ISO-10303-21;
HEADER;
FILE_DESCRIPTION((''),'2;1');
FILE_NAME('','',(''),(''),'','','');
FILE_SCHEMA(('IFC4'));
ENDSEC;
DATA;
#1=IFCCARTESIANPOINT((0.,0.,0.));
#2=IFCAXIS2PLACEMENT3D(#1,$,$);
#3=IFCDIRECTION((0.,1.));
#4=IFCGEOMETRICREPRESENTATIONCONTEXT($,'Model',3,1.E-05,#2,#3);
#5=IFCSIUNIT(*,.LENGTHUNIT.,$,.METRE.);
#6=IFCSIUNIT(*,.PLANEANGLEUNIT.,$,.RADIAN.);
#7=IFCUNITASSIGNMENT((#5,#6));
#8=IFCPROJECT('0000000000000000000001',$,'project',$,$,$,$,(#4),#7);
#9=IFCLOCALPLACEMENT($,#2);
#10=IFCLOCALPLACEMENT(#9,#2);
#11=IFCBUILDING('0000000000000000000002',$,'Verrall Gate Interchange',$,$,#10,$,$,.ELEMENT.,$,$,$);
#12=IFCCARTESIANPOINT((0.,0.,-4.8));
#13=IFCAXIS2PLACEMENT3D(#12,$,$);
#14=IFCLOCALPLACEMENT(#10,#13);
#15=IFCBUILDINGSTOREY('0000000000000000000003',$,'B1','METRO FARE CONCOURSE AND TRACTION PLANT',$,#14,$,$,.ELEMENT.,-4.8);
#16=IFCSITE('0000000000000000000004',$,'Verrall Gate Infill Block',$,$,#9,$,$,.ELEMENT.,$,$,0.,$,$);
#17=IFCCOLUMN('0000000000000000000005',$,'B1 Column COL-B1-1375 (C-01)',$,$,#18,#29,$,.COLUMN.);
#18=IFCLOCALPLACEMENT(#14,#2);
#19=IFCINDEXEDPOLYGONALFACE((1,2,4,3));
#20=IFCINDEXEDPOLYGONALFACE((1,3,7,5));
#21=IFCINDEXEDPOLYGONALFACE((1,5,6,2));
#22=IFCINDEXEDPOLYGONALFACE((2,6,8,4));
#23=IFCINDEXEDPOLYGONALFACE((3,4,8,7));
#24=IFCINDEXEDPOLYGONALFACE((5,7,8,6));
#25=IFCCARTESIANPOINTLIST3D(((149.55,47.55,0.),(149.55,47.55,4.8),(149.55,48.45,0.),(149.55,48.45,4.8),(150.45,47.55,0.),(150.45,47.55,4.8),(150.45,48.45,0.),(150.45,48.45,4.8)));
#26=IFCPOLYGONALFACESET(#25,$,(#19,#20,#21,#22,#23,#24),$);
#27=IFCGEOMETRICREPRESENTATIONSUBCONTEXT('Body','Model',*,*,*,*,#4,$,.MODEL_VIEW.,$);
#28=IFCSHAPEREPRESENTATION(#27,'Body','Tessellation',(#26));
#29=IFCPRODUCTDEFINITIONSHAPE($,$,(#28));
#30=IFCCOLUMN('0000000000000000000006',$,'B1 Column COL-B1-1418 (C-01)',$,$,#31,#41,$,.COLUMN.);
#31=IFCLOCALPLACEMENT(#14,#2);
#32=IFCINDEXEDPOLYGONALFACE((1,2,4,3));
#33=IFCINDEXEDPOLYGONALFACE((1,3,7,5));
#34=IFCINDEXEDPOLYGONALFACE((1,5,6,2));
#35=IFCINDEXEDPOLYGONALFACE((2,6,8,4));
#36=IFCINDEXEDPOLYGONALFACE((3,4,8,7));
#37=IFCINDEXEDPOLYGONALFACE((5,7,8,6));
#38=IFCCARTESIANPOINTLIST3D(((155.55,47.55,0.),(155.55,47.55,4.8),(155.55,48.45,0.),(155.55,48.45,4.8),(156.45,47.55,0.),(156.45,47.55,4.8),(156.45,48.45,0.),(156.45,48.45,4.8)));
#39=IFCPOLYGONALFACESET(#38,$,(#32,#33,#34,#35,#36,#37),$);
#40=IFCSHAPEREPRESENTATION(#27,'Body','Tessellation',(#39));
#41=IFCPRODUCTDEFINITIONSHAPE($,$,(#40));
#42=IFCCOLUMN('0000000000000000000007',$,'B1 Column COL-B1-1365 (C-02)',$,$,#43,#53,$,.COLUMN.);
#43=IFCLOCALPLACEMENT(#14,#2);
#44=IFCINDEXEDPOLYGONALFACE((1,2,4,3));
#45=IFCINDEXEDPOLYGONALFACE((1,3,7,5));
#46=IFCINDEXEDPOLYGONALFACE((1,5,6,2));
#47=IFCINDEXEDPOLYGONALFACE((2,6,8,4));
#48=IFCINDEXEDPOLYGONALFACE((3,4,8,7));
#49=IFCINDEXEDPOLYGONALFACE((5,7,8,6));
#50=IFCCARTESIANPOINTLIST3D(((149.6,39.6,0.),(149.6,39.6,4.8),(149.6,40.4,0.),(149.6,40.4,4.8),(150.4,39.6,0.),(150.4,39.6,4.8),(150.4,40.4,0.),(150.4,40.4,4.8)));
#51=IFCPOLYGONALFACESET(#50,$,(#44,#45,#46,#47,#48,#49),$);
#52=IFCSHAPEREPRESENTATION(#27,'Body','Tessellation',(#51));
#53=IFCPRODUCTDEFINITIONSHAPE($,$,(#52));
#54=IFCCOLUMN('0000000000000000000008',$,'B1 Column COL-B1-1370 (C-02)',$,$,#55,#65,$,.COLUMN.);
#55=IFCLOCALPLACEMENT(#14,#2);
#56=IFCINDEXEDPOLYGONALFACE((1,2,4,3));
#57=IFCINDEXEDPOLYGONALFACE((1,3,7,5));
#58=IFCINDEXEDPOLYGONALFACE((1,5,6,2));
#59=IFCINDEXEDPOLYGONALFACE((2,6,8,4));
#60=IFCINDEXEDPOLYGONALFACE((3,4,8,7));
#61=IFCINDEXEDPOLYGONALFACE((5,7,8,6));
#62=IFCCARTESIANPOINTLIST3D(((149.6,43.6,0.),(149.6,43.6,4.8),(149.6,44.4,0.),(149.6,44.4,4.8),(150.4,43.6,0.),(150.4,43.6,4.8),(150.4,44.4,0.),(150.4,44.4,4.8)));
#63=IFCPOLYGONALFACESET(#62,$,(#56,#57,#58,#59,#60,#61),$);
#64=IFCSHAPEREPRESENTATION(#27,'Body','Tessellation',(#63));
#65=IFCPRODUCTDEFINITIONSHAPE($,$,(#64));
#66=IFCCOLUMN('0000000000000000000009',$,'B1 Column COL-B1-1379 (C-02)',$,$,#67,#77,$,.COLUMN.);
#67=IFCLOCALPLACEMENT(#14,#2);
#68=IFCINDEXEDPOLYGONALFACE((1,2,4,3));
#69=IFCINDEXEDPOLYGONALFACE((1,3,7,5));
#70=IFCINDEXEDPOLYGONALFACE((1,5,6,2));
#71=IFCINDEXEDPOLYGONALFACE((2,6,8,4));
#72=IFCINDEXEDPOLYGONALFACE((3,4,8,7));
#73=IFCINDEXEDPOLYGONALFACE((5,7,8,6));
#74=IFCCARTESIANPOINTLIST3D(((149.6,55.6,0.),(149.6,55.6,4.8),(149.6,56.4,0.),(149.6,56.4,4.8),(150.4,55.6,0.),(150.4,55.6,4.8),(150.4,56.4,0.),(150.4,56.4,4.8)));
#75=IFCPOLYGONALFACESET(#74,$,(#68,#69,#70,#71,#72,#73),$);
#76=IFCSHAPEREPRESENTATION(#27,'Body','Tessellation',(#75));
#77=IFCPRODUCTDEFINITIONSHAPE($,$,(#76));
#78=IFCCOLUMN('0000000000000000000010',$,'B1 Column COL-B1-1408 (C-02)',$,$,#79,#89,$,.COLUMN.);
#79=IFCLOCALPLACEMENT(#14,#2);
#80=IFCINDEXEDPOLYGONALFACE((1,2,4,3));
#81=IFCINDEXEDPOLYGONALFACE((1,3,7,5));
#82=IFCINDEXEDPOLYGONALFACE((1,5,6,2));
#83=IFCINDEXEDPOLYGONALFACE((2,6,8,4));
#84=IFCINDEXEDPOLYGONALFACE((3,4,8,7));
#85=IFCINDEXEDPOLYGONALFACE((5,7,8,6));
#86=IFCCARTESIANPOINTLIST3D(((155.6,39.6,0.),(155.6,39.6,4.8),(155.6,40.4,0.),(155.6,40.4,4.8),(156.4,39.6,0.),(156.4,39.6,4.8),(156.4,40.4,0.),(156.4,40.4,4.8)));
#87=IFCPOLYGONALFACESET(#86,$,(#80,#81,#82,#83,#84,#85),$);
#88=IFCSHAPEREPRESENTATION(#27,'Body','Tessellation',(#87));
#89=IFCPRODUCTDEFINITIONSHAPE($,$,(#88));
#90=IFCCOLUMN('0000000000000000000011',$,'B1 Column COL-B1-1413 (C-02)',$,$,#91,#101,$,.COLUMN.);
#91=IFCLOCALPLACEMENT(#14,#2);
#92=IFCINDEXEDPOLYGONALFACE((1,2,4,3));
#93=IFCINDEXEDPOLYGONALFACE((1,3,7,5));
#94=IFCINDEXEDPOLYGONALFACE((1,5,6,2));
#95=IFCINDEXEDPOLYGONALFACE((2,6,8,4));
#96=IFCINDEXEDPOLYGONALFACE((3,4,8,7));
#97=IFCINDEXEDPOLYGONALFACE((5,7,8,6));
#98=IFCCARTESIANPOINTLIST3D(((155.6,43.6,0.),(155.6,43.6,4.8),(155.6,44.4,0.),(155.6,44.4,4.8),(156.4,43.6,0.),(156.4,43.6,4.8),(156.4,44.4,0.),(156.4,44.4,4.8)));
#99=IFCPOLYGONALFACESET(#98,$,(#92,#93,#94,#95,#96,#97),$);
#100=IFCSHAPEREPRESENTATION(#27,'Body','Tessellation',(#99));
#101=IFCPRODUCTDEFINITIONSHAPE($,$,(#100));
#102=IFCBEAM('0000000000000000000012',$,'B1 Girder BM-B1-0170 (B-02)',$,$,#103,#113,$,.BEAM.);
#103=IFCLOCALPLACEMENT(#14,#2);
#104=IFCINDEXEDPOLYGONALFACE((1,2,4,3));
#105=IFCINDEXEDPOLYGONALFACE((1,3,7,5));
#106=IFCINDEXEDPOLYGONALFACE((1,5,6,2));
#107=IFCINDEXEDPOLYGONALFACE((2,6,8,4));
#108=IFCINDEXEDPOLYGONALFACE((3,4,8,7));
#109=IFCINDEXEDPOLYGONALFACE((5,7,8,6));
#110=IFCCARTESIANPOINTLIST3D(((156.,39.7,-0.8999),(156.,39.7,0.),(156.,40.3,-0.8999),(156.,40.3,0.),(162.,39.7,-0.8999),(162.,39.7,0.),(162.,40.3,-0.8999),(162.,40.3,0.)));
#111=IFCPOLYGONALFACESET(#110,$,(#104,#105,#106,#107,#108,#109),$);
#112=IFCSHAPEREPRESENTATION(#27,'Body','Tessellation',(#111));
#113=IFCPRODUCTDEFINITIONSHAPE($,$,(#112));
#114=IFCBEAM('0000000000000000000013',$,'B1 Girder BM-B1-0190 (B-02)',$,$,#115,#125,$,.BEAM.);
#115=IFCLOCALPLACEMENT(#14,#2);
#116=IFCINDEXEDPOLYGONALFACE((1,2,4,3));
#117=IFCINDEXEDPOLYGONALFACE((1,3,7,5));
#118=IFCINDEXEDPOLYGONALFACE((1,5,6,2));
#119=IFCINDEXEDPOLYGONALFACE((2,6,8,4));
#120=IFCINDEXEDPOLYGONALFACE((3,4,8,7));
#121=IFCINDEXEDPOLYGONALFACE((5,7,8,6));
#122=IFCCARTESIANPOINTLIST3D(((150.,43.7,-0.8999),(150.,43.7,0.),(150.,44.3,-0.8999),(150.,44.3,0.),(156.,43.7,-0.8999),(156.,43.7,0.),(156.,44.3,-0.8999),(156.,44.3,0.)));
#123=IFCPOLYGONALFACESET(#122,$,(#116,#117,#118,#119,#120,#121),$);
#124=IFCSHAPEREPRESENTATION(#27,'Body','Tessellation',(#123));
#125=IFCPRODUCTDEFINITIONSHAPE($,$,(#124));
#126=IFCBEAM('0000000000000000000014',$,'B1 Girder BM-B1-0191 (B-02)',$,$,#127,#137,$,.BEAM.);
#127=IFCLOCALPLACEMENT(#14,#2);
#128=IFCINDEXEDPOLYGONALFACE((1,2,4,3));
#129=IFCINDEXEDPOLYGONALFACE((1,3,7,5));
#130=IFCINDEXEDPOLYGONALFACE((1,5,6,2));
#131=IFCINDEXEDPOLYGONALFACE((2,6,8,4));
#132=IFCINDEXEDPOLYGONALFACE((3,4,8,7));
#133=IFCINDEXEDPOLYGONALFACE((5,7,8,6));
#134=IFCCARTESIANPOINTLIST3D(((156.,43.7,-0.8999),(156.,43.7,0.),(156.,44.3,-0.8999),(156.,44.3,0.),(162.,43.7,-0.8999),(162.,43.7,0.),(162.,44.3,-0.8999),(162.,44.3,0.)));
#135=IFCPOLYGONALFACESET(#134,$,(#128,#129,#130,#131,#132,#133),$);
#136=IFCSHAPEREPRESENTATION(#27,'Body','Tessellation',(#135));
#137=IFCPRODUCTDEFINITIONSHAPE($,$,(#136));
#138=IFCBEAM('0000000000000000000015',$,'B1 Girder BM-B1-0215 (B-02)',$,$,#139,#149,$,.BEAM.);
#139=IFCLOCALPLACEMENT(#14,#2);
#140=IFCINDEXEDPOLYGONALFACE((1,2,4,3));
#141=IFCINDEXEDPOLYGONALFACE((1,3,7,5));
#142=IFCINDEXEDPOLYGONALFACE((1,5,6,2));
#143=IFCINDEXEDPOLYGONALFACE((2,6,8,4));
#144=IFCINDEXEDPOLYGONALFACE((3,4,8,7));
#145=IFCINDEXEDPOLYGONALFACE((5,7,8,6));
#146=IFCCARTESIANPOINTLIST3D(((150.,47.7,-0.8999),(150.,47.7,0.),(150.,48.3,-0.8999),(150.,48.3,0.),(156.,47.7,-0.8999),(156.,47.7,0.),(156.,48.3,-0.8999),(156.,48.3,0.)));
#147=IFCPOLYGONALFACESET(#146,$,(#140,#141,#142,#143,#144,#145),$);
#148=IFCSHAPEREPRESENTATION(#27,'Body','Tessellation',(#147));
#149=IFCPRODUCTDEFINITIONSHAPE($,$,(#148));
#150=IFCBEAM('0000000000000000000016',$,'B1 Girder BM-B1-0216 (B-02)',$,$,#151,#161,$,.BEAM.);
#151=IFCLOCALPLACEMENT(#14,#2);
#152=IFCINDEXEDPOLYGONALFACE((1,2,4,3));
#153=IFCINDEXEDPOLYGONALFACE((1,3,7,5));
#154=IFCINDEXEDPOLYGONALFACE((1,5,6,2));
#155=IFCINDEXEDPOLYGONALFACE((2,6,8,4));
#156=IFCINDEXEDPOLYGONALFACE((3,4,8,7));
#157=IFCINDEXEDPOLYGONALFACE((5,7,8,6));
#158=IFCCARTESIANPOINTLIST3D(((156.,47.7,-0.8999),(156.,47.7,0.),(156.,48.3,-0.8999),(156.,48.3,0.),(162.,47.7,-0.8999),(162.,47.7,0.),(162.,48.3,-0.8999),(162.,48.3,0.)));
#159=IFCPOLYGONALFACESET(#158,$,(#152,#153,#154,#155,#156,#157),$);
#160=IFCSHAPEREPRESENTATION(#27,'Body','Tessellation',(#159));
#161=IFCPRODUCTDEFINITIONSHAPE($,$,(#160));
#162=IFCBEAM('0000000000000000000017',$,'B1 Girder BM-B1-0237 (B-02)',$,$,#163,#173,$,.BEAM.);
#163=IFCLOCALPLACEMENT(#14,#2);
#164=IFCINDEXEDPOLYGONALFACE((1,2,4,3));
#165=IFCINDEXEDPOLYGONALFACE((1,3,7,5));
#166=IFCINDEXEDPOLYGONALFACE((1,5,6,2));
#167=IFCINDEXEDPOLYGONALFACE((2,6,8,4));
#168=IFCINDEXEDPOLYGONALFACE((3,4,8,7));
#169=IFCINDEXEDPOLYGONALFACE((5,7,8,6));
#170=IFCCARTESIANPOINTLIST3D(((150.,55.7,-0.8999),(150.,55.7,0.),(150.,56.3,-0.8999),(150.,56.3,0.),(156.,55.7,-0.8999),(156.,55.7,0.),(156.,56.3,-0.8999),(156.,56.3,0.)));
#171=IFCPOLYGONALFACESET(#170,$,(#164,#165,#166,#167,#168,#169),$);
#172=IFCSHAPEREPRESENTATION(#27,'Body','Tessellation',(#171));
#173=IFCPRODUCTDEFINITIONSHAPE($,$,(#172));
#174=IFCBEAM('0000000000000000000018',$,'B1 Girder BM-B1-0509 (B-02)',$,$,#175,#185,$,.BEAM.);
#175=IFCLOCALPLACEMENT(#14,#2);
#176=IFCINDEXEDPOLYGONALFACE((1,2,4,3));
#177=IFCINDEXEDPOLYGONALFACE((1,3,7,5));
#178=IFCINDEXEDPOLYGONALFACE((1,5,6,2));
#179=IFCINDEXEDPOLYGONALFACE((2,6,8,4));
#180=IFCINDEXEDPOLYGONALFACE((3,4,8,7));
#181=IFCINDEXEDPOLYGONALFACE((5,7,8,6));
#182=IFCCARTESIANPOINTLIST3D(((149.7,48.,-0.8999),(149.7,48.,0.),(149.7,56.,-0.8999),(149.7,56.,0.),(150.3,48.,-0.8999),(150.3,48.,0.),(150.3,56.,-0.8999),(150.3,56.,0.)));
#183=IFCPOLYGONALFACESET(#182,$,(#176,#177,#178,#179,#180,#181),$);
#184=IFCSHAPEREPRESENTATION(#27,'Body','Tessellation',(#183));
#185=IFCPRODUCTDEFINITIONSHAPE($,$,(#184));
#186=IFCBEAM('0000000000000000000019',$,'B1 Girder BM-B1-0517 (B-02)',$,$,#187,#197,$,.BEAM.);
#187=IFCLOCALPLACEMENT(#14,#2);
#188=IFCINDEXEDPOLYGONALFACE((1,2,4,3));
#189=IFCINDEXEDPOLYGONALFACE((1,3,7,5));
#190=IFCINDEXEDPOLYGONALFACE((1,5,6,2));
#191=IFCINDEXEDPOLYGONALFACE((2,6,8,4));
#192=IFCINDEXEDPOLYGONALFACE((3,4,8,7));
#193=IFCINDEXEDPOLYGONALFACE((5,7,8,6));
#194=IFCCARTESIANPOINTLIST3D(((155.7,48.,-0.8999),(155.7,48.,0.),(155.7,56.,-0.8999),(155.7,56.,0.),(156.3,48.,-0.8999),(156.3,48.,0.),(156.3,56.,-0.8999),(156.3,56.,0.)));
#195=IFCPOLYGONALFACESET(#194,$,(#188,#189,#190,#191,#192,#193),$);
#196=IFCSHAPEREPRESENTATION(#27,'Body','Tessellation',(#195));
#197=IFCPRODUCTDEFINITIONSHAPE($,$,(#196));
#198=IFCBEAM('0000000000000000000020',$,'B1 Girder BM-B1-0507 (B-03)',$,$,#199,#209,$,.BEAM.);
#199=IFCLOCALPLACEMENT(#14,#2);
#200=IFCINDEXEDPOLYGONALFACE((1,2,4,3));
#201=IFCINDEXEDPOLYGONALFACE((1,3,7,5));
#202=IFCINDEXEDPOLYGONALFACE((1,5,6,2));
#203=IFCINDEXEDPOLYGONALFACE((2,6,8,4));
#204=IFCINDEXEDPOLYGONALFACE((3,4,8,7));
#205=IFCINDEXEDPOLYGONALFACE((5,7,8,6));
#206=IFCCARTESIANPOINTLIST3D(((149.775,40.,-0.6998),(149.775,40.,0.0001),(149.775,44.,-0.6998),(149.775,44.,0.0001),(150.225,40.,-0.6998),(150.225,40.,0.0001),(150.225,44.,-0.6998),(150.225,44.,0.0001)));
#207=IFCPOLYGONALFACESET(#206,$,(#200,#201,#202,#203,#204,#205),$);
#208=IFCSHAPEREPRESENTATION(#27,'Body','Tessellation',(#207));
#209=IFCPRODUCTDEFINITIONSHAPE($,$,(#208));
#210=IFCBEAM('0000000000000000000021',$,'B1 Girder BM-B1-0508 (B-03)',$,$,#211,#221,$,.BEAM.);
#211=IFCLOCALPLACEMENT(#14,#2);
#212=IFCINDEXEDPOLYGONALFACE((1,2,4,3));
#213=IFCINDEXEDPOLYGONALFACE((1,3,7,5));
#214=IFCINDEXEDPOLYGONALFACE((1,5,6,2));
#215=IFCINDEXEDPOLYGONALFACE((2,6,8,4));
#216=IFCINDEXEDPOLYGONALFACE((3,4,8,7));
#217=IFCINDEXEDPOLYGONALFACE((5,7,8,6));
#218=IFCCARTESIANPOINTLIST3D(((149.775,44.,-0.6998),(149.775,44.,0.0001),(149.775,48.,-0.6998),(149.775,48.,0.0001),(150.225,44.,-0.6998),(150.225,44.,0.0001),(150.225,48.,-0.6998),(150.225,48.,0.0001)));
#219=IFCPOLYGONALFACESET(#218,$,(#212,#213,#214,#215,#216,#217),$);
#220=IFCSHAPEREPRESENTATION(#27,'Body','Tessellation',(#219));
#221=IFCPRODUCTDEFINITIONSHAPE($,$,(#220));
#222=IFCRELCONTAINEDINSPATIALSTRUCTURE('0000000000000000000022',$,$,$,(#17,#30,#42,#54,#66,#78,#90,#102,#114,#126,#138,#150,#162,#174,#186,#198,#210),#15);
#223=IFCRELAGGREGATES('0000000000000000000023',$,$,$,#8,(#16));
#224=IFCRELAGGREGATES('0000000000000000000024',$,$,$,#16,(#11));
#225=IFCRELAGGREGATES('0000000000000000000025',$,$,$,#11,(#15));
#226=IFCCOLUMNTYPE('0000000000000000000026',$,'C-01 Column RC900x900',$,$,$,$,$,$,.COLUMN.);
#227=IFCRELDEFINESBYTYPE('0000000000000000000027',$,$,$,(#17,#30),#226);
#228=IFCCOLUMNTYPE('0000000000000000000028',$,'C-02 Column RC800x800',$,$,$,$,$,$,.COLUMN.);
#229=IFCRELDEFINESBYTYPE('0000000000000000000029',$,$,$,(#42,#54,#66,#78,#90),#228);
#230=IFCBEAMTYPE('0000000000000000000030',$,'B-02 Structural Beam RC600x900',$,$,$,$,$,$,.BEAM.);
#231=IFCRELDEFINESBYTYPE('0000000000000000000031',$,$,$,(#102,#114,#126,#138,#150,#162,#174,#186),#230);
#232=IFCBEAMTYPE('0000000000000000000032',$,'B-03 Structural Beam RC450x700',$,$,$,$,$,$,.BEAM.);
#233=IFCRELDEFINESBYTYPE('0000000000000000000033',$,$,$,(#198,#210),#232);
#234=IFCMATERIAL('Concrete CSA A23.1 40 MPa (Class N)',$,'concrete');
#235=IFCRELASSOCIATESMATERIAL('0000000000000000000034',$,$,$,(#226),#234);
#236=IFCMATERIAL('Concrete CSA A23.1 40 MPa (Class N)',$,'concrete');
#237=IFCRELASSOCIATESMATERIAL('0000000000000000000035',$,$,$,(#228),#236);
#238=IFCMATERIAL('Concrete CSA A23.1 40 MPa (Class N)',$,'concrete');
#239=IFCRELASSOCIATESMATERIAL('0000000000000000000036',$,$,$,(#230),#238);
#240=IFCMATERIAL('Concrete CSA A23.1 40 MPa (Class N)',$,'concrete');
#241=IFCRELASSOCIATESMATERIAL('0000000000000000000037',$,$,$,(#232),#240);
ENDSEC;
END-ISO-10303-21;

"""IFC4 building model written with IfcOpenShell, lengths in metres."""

from ifc_helpers import new_model, si_unit, direction, frame, origin, origin_2d, place, context, subcontext, project, spatial, rectangle, extrude, material, material_profile, profile_set, type_object, element, save


model = new_model("IFC4")

# Units and contexts
model_context = context("Model", 3, precision=1e-05, world=origin(), true_north=direction((0.0, 1.0)))
body_context = subcontext(model_context, "Body", "Model", "MODEL_VIEW")
ifc_project = project(units=[si_unit("LENGTHUNIT", "METRE"), si_unit("PLANEANGLEUNIT", "RADIAN")], contexts=[model_context])

# Site, building, storey
site_placement = place(None, origin())
site = spatial("IfcSite", under=ifc_project, at=site_placement, Name="Verrall Gate Infill Block", CompositionType="ELEMENT", RefElevation=0.0)
building_placement = place(site_placement, origin())
building = spatial("IfcBuilding", under=site, at=building_placement, Name="Verrall Gate Interchange", CompositionType="ELEMENT")
storey_placement = place(building_placement, frame((0.0, 0.0, -4.8)))
storey = spatial("IfcBuildingStorey", under=building, at=storey_placement, Name="B1", Description="METRO FARE CONCOURSE AND TRACTION PLANT", CompositionType="ELEMENT", Elevation=-4.8)

# Columns
ifc_material_1 = material(Name="Concrete CSA A23.1 40 MPa (Class N)", Category="concrete")
ifc_material_profile_1 = material_profile(ifc_material_1, rectangle(XDim=0.8999, YDim=0.8999, at=origin_2d()), Name="RC900x900")
ifc_profile_set_1 = profile_set([ifc_material_profile_1], Name="Concrete CSA A23.1 40 MPa (Class N)")
column_type_1 = type_object("IfcColumnType", Name="C-01 Column RC900x900", PredefinedType="COLUMN", material=ifc_profile_set_1)
for number, where, z_axis, x_axis, name in (
    (1, (150.0, 48.0, 0.0), (0.0, 0.0, 1.0), (1.0, 0.0, 0.0), "B1 Column COL-B1-1375 (C-01)"),
    (2, (156.0, 48.0, 0.0), (0.0, 0.0, 1.0), (1.0, 0.0, 0.0), "B1 Column COL-B1-1418 (C-01)"),
):
    element("IfcColumn", number, at=place(storey_placement, frame(where, z_axis=z_axis, x_axis=x_axis)), inside=storey, type_object=column_type_1, Name=name, PredefinedType="COLUMN", context=body_context, shape_type="SweptSolid", body=[
        extrude(rectangle(XDim=0.8999, YDim=0.8999, at=origin_2d()), origin(), (0.0, 0.0, 1.0), 4.8),
    ])
ifc_material_2 = material(Name="Concrete CSA A23.1 40 MPa (Class N)", Category="concrete")
ifc_material_profile_2 = material_profile(ifc_material_2, rectangle(XDim=0.8, YDim=0.8, at=origin_2d()), Name="RC800x800")
ifc_profile_set_2 = profile_set([ifc_material_profile_2], Name="Concrete CSA A23.1 40 MPa (Class N)")
column_type_2 = type_object("IfcColumnType", Name="C-02 Column RC800x800", PredefinedType="COLUMN", material=ifc_profile_set_2)
for number, where, z_axis, x_axis, name in (
    (3, (150.0, 40.0, 0.0), (0.0, 0.0, 1.0), (1.0, 0.0, 0.0), "B1 Column COL-B1-1365 (C-02)"),
    (4, (150.0, 44.0, 0.0), (0.0, 0.0, 1.0), (1.0, 0.0, 0.0), "B1 Column COL-B1-1370 (C-02)"),
    (5, (150.0, 56.0, 0.0), (0.0, 0.0, 1.0), (1.0, 0.0, 0.0), "B1 Column COL-B1-1379 (C-02)"),
    (6, (156.0, 40.0, 0.0), (0.0, 0.0, 1.0), (1.0, 0.0, 0.0), "B1 Column COL-B1-1408 (C-02)"),
    (7, (156.0, 44.0, 0.0), (0.0, 0.0, 1.0), (1.0, 0.0, 0.0), "B1 Column COL-B1-1413 (C-02)"),
):
    element("IfcColumn", number, at=place(storey_placement, frame(where, z_axis=z_axis, x_axis=x_axis)), inside=storey, type_object=column_type_2, Name=name, PredefinedType="COLUMN", context=body_context, shape_type="SweptSolid", body=[
        extrude(rectangle(XDim=0.8, YDim=0.8, at=origin_2d()), origin(), (0.0, 0.0, 1.0), 4.8),
    ])

# Beams
ifc_material_3 = material(Name="Concrete CSA A23.1 40 MPa (Class N)", Category="concrete")
ifc_material_profile_3 = material_profile(ifc_material_3, rectangle(XDim=0.6001, YDim=0.8999, at=origin_2d()), Name="RC600x900")
ifc_profile_set_3 = profile_set([ifc_material_profile_3], Name="Concrete CSA A23.1 40 MPa (Class N)")
beam_type_1 = type_object("IfcBeamType", Name="B-02 Structural Beam RC600x900", PredefinedType="BEAM", material=ifc_profile_set_3)
for number, where, z_axis, x_axis, name in (
    (8, (156.0, 40.0, -0.45), (1.0, 0.0, 0.0), (0.0, 1.0, 0.0), "B1 Girder BM-B1-0170 (B-02)"),
    (9, (150.0, 44.0, -0.45), (1.0, 0.0, 0.0), (0.0, 1.0, 0.0), "B1 Girder BM-B1-0190 (B-02)"),
    (10, (156.0, 44.0, -0.45), (1.0, 0.0, 0.0), (0.0, 1.0, 0.0), "B1 Girder BM-B1-0191 (B-02)"),
    (11, (150.0, 48.0, -0.45), (1.0, 0.0, 0.0), (0.0, 1.0, 0.0), "B1 Girder BM-B1-0215 (B-02)"),
    (12, (156.0, 48.0, -0.45), (1.0, 0.0, 0.0), (0.0, 1.0, 0.0), "B1 Girder BM-B1-0216 (B-02)"),
    (13, (150.0, 56.0, -0.45), (1.0, 0.0, 0.0), (0.0, 1.0, 0.0), "B1 Girder BM-B1-0237 (B-02)"),
):
    element("IfcBeam", number, at=place(storey_placement, frame(where, z_axis=z_axis, x_axis=x_axis)), inside=storey, type_object=beam_type_1, Name=name, PredefinedType="BEAM", context=body_context, shape_type="SweptSolid", body=[
        extrude(rectangle(XDim=0.6001, YDim=0.8999, at=origin_2d()), origin(), (0.0, 0.0, 1.0), 6.0),
    ])
for number, where, z_axis, x_axis, name in (
    (14, (150.0, 48.0, -0.45), (0.0, 1.0, 0.0), (-1.0, 0.0, 0.0), "B1 Girder BM-B1-0509 (B-02)"),
    (15, (156.0, 48.0, -0.45), (0.0, 1.0, 0.0), (-1.0, 0.0, 0.0), "B1 Girder BM-B1-0517 (B-02)"),
):
    element("IfcBeam", number, at=place(storey_placement, frame(where, z_axis=z_axis, x_axis=x_axis)), inside=storey, type_object=beam_type_1, Name=name, PredefinedType="BEAM", context=body_context, shape_type="SweptSolid", body=[
        extrude(rectangle(XDim=0.6001, YDim=0.8999, at=origin_2d()), origin(), (0.0, 0.0, 1.0), 8.0),
    ])
ifc_material_4 = material(Name="Concrete CSA A23.1 40 MPa (Class N)", Category="concrete")
ifc_material_profile_4 = material_profile(ifc_material_4, rectangle(XDim=0.45, YDim=0.7, at=origin_2d()), Name="RC450x700")
ifc_profile_set_4 = profile_set([ifc_material_profile_4], Name="Concrete CSA A23.1 40 MPa (Class N)")
beam_type_2 = type_object("IfcBeamType", Name="B-03 Structural Beam RC450x700", PredefinedType="BEAM", material=ifc_profile_set_4)
for number, where, z_axis, x_axis, name in (
    (16, (150.0, 40.0, -0.3499), (0.0, 1.0, 0.0), (-1.0, 0.0, 0.0), "B1 Girder BM-B1-0507 (B-03)"),
    (17, (150.0, 44.0, -0.3499), (0.0, 1.0, 0.0), (-1.0, 0.0, 0.0), "B1 Girder BM-B1-0508 (B-03)"),
):
    element("IfcBeam", number, at=place(storey_placement, frame(where, z_axis=z_axis, x_axis=x_axis)), inside=storey, type_object=beam_type_2, Name=name, PredefinedType="BEAM", context=body_context, shape_type="SweptSolid", body=[
        extrude(rectangle(XDim=0.45, YDim=0.7, at=origin_2d()), origin(), (0.0, 0.0, 1.0), 4.0),
    ])

save(model, "model.ifc")
